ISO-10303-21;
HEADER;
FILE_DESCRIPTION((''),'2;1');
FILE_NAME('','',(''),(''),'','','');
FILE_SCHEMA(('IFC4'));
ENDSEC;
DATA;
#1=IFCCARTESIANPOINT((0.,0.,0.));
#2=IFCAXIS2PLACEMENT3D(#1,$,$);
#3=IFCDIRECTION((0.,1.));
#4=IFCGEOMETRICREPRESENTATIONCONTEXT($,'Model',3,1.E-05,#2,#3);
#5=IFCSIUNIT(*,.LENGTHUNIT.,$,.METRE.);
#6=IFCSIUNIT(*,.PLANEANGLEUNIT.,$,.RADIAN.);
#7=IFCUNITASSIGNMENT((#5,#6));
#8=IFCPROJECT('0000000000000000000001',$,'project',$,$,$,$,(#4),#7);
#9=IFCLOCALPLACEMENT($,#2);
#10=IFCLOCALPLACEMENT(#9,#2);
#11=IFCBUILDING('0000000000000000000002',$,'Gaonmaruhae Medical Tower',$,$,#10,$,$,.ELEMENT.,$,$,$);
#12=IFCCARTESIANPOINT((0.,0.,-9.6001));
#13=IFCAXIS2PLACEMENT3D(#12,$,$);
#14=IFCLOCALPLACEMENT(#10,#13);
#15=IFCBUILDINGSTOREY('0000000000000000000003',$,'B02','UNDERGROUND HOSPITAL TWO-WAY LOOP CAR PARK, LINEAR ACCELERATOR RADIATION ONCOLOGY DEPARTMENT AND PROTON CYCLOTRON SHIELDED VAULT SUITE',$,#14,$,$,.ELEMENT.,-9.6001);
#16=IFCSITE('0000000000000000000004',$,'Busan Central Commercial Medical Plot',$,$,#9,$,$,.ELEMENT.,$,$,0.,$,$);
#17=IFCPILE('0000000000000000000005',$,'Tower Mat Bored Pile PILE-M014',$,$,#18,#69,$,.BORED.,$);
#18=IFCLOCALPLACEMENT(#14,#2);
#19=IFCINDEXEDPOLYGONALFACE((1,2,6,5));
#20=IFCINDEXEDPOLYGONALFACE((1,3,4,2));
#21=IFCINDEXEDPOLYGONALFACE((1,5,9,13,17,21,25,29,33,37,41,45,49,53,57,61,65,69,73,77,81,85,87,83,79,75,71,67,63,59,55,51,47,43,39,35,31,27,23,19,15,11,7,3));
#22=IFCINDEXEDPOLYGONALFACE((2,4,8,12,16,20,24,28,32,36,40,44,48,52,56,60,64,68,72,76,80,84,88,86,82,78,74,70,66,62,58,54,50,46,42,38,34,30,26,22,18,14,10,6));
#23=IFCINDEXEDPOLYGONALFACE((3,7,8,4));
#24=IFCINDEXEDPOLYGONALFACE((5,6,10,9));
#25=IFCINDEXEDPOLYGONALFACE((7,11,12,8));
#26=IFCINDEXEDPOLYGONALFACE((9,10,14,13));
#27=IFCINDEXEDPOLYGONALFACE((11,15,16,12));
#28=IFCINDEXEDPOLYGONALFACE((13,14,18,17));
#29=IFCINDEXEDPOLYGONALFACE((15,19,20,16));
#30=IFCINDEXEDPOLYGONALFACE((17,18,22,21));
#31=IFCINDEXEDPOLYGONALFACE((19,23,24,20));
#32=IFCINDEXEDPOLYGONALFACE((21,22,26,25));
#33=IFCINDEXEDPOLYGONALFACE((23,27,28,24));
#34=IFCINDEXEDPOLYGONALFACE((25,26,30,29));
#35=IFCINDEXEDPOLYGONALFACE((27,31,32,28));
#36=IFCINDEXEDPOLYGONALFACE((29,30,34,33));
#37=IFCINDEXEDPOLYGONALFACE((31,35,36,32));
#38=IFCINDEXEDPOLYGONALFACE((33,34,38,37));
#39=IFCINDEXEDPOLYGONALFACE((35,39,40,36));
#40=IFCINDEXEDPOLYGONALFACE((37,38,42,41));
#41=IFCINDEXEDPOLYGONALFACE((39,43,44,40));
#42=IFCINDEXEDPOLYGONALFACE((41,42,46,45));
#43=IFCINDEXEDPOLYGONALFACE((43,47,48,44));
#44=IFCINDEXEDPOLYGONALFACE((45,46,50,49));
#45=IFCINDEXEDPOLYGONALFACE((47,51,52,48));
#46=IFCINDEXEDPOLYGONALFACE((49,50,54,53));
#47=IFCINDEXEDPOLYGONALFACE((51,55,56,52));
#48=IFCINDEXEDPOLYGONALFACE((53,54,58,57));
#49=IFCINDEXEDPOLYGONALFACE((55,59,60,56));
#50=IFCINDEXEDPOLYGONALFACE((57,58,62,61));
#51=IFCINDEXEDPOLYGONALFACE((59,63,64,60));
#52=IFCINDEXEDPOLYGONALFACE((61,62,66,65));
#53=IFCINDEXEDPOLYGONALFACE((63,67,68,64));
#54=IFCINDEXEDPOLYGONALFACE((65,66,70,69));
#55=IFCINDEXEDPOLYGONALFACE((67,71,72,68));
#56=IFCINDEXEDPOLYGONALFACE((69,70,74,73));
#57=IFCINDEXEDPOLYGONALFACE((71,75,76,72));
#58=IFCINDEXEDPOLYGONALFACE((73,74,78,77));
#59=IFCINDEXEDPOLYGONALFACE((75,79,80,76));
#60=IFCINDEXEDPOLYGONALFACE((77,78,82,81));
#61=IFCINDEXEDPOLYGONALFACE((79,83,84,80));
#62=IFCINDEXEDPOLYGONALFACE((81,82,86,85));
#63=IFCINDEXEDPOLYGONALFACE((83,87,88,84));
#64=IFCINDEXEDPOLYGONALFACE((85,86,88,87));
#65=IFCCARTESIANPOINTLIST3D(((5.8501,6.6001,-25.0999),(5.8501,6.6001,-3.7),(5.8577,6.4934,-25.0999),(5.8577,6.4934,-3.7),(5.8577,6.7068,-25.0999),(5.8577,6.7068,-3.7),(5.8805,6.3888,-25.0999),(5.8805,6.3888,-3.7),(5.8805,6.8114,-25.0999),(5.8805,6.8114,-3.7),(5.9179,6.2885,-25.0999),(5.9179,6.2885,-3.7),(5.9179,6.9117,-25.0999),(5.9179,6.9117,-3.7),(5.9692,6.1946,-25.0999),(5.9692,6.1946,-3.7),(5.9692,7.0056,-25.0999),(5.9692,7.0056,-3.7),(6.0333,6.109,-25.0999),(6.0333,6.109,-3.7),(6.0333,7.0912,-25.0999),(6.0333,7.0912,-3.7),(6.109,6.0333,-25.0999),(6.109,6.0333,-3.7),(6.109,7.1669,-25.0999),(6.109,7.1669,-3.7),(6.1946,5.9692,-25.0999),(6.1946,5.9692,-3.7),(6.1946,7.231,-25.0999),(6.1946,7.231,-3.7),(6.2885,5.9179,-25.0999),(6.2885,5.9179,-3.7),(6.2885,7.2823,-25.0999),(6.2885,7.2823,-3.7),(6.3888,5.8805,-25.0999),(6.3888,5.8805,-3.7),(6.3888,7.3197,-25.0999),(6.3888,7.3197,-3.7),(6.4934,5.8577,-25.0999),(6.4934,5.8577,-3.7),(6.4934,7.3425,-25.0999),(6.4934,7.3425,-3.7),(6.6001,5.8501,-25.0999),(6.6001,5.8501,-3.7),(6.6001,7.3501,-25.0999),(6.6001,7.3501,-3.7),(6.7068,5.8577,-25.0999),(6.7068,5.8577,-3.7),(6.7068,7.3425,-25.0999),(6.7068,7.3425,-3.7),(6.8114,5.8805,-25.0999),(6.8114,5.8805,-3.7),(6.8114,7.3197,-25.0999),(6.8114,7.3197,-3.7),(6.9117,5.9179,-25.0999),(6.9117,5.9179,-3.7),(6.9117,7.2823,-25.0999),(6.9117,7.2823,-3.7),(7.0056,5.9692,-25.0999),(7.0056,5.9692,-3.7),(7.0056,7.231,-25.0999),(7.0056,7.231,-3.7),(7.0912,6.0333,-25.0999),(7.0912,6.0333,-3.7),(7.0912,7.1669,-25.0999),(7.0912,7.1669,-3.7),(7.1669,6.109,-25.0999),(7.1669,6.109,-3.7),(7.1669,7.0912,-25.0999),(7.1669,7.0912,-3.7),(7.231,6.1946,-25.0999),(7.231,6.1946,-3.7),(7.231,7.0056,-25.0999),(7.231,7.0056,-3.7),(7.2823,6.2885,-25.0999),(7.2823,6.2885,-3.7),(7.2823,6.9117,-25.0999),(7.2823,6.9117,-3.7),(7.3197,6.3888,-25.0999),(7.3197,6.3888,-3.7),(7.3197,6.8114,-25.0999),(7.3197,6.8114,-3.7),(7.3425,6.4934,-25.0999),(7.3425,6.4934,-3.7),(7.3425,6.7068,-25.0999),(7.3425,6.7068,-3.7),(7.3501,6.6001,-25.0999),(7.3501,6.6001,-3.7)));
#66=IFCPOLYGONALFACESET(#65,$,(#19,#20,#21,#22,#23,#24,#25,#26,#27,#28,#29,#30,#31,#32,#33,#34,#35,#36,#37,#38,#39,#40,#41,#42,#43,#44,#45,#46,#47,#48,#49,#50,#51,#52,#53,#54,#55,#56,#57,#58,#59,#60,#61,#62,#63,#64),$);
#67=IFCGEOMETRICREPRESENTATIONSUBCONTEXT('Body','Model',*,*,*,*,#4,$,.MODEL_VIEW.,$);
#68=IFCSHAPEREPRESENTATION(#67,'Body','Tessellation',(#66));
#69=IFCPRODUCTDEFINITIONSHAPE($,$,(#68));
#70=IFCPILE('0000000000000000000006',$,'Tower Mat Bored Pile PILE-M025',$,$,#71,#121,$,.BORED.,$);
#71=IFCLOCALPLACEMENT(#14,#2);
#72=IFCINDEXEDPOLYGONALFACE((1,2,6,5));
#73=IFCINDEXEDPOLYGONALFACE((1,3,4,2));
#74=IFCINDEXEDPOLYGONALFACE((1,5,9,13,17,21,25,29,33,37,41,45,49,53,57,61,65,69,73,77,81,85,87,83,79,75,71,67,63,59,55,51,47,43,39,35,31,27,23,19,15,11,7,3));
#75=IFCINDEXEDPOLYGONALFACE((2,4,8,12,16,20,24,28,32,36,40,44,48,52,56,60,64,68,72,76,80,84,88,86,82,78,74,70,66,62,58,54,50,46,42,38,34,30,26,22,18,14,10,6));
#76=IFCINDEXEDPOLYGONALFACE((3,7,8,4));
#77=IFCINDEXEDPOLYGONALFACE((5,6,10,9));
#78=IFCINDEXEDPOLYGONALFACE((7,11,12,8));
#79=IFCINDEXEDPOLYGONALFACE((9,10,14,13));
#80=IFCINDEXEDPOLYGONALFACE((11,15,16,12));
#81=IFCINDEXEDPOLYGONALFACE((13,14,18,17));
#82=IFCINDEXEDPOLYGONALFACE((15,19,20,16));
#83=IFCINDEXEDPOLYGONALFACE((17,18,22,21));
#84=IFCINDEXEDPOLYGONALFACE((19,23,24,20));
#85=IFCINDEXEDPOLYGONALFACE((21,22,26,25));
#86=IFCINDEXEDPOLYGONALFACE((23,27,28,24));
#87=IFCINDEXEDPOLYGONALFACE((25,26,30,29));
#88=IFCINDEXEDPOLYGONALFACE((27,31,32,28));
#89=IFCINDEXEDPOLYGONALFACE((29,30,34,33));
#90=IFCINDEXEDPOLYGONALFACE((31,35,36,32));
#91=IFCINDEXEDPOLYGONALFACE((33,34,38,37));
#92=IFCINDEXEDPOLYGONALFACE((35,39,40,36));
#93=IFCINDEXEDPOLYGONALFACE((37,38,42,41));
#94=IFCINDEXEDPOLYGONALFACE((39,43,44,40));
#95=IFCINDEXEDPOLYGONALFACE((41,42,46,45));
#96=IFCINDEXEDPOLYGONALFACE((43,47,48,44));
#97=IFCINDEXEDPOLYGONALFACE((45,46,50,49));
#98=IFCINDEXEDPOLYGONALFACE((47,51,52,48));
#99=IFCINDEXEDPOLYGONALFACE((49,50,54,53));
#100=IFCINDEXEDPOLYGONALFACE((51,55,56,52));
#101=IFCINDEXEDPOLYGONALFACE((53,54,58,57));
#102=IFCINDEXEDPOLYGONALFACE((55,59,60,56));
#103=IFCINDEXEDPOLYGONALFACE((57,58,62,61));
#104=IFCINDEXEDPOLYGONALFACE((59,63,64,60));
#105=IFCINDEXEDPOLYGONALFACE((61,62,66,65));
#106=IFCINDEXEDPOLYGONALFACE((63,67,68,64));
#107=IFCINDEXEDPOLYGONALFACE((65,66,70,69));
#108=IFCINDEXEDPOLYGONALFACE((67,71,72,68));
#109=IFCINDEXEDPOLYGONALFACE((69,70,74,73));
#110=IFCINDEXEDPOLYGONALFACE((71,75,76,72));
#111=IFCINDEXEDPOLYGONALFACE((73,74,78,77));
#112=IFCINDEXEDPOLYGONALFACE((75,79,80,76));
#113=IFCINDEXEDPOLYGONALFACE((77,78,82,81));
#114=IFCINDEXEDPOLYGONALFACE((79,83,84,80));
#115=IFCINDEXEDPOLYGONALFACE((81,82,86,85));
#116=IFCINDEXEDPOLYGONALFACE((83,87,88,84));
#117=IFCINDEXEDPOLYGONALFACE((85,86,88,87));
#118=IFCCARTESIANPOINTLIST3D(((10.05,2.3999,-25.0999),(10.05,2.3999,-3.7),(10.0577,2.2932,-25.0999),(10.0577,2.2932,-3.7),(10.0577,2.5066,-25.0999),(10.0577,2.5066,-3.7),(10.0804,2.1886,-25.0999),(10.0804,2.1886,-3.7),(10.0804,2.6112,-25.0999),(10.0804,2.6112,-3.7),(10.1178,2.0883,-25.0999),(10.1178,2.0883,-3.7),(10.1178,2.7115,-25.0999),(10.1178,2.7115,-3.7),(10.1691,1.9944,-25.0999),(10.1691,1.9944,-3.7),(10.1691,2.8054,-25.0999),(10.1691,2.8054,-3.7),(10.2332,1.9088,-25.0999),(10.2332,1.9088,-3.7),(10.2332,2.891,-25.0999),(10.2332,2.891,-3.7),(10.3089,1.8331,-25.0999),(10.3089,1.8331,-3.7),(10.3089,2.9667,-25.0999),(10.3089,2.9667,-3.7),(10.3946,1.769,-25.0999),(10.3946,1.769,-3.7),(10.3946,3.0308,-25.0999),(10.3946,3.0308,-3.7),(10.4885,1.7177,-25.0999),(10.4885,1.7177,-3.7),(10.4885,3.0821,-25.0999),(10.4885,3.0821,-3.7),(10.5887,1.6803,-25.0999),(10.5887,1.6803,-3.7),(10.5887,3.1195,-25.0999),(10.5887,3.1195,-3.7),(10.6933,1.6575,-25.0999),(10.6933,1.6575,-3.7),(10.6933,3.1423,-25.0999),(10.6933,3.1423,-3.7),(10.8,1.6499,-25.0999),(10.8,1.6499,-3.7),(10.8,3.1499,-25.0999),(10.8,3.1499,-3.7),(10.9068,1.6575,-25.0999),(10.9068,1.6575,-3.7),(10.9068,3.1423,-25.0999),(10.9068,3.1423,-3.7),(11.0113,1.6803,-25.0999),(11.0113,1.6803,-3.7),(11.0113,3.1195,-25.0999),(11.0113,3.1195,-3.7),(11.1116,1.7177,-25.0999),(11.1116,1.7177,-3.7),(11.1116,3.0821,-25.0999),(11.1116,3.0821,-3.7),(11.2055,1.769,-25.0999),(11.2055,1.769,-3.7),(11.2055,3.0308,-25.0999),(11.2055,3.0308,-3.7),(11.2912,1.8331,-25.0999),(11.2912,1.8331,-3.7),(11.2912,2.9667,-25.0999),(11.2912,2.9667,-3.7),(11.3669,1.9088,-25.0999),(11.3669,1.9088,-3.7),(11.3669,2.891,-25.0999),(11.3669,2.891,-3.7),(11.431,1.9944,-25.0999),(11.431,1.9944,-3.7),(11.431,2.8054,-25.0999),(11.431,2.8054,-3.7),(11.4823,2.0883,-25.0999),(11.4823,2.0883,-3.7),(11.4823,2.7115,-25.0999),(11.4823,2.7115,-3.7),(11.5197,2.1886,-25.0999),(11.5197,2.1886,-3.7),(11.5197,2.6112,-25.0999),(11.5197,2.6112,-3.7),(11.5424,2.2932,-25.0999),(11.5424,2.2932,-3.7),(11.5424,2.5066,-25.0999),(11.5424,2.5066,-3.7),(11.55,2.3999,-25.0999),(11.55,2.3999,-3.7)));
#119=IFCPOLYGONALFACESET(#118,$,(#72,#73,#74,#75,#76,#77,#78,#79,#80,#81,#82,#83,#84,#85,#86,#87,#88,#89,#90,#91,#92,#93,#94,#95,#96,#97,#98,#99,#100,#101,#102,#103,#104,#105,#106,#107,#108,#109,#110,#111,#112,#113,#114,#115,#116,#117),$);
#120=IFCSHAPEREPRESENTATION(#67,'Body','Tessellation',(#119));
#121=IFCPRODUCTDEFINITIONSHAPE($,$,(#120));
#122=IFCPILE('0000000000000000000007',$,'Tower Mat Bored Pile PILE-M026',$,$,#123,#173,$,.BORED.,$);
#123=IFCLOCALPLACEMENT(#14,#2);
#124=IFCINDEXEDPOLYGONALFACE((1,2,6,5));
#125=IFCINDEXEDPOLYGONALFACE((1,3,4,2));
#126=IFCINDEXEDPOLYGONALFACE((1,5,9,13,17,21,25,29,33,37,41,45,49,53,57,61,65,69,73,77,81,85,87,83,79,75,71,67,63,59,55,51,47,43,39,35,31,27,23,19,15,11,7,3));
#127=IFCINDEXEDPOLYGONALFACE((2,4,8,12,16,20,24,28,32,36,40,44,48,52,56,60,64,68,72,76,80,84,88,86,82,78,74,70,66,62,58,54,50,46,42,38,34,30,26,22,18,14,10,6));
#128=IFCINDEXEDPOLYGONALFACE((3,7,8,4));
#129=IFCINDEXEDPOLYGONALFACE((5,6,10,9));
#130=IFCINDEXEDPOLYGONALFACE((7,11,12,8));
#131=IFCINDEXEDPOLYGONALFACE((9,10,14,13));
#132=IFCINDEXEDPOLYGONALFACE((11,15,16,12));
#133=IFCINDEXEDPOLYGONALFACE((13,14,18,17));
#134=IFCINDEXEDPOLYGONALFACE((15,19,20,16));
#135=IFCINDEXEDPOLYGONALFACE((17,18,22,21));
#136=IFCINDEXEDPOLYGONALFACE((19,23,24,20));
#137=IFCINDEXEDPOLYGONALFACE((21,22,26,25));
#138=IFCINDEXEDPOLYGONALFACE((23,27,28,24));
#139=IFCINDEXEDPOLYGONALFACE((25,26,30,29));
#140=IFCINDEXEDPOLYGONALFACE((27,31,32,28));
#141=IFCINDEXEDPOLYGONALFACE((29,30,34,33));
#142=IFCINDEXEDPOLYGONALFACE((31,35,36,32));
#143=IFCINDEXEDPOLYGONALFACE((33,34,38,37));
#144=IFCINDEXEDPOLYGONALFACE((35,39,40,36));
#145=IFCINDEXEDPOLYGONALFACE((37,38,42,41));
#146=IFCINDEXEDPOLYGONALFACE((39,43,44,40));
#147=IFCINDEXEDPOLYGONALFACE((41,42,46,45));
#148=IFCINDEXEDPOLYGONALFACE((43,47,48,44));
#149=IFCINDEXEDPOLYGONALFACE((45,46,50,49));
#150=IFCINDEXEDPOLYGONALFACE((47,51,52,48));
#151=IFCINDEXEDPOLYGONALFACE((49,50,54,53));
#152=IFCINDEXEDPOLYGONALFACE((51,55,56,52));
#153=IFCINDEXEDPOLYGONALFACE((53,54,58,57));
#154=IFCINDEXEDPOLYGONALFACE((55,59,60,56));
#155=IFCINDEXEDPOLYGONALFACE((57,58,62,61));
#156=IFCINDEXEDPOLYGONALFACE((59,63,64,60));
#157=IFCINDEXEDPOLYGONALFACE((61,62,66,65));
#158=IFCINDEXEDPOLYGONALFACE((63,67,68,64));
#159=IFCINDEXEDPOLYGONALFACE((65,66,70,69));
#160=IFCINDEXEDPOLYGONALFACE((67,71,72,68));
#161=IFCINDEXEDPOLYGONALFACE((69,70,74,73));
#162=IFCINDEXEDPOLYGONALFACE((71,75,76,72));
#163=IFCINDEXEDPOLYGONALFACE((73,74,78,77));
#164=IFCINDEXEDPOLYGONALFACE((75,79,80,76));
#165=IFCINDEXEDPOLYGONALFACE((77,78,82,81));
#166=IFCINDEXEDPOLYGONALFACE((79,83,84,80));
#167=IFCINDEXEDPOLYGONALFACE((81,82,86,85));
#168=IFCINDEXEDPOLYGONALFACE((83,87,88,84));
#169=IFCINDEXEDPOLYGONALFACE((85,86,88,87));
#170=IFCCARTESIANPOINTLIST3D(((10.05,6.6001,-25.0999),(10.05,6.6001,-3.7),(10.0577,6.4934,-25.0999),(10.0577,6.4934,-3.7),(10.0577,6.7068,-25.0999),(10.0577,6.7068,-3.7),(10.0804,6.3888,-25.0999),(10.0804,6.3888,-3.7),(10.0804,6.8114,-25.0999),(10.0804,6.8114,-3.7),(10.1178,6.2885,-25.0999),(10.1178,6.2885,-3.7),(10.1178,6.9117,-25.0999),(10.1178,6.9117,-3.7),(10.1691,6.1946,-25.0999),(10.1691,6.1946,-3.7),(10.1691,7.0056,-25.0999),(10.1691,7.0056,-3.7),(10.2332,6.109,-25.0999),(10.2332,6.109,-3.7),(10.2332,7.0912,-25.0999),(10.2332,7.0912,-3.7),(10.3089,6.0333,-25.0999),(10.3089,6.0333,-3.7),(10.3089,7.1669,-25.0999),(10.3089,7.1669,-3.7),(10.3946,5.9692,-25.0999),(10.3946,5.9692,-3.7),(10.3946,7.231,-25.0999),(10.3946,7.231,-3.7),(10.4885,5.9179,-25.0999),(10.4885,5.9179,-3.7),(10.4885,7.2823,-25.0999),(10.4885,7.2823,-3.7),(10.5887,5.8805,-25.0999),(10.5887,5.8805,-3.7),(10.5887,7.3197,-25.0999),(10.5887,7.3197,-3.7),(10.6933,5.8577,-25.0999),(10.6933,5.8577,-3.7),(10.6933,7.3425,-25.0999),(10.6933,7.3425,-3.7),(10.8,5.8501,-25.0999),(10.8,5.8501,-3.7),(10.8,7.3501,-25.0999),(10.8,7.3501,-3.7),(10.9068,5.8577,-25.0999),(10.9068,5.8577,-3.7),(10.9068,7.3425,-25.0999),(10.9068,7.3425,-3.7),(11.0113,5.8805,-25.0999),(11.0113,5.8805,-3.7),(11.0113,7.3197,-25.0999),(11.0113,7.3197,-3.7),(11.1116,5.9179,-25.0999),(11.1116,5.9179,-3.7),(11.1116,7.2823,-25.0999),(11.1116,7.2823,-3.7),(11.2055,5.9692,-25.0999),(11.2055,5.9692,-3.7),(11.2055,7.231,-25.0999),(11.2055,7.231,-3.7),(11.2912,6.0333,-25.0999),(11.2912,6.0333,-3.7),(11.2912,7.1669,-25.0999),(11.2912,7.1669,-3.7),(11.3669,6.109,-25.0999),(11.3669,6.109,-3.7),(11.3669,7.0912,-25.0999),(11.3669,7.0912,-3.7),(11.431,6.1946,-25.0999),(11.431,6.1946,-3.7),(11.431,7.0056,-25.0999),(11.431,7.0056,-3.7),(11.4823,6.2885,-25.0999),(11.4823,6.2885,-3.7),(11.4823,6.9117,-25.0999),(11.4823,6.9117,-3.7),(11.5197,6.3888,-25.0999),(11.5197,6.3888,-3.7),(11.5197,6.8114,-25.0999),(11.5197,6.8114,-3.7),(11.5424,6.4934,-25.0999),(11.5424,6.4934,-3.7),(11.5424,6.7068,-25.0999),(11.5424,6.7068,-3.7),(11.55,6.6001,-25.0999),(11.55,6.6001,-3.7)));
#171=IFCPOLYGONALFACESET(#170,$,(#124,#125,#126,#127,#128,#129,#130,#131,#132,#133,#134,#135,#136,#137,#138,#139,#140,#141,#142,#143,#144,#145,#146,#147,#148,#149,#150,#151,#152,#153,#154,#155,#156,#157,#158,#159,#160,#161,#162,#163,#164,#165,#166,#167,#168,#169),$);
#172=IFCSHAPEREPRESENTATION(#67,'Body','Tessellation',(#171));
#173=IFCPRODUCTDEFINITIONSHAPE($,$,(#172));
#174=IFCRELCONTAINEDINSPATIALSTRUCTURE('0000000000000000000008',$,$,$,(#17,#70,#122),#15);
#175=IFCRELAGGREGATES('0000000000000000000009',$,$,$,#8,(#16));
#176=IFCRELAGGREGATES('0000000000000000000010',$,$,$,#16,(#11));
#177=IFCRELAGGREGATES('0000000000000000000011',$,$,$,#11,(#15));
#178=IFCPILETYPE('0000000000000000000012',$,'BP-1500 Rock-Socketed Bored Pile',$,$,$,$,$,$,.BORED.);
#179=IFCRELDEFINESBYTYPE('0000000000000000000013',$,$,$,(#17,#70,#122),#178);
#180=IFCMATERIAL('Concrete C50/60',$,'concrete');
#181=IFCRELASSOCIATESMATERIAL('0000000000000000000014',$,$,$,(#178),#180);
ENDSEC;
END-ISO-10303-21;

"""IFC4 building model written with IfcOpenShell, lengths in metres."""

from ifc_helpers import new_model, si_unit, direction, frame, origin, origin_2d, place, context, subcontext, project, spatial, circle, extrude, material, material_profile, profile_set, type_object, element, save


model = new_model("IFC4")

# Units and contexts
model_context = context("Model", 3, precision=1e-05, world=origin(), true_north=direction((0.0, 1.0)))
body_context = subcontext(model_context, "Body", "Model", "MODEL_VIEW")
ifc_project = project(units=[si_unit("LENGTHUNIT", "METRE"), si_unit("PLANEANGLEUNIT", "RADIAN")], contexts=[model_context])

# Site, building, storey
site_placement = place(None, origin())
site = spatial("IfcSite", under=ifc_project, at=site_placement, Name="Busan Central Commercial Medical Plot", CompositionType="ELEMENT", RefElevation=0.0)
building_placement = place(site_placement, origin())
building = spatial("IfcBuilding", under=site, at=building_placement, Name="Gaonmaruhae Medical Tower", CompositionType="ELEMENT")
storey_placement = place(building_placement, frame((0.0, 0.0, -9.6001)))
storey = spatial("IfcBuildingStorey", under=building, at=storey_placement, Name="B02", Description="UNDERGROUND HOSPITAL TWO-WAY LOOP CAR PARK, LINEAR ACCELERATOR RADIATION ONCOLOGY DEPARTMENT AND PROTON CYCLOTRON SHIELDED VAULT SUITE", CompositionType="ELEMENT", Elevation=-9.6001)

# Piles
ifc_material_1 = material(Name="Concrete C50/60", Category="concrete")
ifc_material_profile_1 = material_profile(ifc_material_1, circle(Radius=0.75, at=origin_2d()), Name="PILE-D1500")
ifc_profile_set_1 = profile_set([ifc_material_profile_1], Name="Concrete C50/60")
pile_type = type_object("IfcPileType", Name="BP-1500 Rock-Socketed Bored Pile", PredefinedType="BORED", material=ifc_profile_set_1)
for number, where, z_axis, x_axis, name in (
    (1, (6.6001, 6.6001, -3.7), (0.0, 0.0, -1.0), (1.0, 0.0, 0.0), "Tower Mat Bored Pile PILE-M014"),
    (2, (10.8, 2.3999, -3.7), (0.0, 0.0, -1.0), (1.0, 0.0, 0.0), "Tower Mat Bored Pile PILE-M025"),
    (3, (10.8, 6.6001, -3.7), (0.0, 0.0, -1.0), (1.0, 0.0, 0.0), "Tower Mat Bored Pile PILE-M026"),
):
    element("IfcPile", number, at=place(storey_placement, frame(where, z_axis=z_axis, x_axis=x_axis)), inside=storey, type_object=pile_type, Name=name, PredefinedType="BORED", context=body_context, shape_type="SweptSolid", body=[
        extrude(circle(Radius=0.75, at=origin_2d()), origin(), (0.0, 0.0, 1.0), 21.3999),
    ])

save(model, "model.ifc")
